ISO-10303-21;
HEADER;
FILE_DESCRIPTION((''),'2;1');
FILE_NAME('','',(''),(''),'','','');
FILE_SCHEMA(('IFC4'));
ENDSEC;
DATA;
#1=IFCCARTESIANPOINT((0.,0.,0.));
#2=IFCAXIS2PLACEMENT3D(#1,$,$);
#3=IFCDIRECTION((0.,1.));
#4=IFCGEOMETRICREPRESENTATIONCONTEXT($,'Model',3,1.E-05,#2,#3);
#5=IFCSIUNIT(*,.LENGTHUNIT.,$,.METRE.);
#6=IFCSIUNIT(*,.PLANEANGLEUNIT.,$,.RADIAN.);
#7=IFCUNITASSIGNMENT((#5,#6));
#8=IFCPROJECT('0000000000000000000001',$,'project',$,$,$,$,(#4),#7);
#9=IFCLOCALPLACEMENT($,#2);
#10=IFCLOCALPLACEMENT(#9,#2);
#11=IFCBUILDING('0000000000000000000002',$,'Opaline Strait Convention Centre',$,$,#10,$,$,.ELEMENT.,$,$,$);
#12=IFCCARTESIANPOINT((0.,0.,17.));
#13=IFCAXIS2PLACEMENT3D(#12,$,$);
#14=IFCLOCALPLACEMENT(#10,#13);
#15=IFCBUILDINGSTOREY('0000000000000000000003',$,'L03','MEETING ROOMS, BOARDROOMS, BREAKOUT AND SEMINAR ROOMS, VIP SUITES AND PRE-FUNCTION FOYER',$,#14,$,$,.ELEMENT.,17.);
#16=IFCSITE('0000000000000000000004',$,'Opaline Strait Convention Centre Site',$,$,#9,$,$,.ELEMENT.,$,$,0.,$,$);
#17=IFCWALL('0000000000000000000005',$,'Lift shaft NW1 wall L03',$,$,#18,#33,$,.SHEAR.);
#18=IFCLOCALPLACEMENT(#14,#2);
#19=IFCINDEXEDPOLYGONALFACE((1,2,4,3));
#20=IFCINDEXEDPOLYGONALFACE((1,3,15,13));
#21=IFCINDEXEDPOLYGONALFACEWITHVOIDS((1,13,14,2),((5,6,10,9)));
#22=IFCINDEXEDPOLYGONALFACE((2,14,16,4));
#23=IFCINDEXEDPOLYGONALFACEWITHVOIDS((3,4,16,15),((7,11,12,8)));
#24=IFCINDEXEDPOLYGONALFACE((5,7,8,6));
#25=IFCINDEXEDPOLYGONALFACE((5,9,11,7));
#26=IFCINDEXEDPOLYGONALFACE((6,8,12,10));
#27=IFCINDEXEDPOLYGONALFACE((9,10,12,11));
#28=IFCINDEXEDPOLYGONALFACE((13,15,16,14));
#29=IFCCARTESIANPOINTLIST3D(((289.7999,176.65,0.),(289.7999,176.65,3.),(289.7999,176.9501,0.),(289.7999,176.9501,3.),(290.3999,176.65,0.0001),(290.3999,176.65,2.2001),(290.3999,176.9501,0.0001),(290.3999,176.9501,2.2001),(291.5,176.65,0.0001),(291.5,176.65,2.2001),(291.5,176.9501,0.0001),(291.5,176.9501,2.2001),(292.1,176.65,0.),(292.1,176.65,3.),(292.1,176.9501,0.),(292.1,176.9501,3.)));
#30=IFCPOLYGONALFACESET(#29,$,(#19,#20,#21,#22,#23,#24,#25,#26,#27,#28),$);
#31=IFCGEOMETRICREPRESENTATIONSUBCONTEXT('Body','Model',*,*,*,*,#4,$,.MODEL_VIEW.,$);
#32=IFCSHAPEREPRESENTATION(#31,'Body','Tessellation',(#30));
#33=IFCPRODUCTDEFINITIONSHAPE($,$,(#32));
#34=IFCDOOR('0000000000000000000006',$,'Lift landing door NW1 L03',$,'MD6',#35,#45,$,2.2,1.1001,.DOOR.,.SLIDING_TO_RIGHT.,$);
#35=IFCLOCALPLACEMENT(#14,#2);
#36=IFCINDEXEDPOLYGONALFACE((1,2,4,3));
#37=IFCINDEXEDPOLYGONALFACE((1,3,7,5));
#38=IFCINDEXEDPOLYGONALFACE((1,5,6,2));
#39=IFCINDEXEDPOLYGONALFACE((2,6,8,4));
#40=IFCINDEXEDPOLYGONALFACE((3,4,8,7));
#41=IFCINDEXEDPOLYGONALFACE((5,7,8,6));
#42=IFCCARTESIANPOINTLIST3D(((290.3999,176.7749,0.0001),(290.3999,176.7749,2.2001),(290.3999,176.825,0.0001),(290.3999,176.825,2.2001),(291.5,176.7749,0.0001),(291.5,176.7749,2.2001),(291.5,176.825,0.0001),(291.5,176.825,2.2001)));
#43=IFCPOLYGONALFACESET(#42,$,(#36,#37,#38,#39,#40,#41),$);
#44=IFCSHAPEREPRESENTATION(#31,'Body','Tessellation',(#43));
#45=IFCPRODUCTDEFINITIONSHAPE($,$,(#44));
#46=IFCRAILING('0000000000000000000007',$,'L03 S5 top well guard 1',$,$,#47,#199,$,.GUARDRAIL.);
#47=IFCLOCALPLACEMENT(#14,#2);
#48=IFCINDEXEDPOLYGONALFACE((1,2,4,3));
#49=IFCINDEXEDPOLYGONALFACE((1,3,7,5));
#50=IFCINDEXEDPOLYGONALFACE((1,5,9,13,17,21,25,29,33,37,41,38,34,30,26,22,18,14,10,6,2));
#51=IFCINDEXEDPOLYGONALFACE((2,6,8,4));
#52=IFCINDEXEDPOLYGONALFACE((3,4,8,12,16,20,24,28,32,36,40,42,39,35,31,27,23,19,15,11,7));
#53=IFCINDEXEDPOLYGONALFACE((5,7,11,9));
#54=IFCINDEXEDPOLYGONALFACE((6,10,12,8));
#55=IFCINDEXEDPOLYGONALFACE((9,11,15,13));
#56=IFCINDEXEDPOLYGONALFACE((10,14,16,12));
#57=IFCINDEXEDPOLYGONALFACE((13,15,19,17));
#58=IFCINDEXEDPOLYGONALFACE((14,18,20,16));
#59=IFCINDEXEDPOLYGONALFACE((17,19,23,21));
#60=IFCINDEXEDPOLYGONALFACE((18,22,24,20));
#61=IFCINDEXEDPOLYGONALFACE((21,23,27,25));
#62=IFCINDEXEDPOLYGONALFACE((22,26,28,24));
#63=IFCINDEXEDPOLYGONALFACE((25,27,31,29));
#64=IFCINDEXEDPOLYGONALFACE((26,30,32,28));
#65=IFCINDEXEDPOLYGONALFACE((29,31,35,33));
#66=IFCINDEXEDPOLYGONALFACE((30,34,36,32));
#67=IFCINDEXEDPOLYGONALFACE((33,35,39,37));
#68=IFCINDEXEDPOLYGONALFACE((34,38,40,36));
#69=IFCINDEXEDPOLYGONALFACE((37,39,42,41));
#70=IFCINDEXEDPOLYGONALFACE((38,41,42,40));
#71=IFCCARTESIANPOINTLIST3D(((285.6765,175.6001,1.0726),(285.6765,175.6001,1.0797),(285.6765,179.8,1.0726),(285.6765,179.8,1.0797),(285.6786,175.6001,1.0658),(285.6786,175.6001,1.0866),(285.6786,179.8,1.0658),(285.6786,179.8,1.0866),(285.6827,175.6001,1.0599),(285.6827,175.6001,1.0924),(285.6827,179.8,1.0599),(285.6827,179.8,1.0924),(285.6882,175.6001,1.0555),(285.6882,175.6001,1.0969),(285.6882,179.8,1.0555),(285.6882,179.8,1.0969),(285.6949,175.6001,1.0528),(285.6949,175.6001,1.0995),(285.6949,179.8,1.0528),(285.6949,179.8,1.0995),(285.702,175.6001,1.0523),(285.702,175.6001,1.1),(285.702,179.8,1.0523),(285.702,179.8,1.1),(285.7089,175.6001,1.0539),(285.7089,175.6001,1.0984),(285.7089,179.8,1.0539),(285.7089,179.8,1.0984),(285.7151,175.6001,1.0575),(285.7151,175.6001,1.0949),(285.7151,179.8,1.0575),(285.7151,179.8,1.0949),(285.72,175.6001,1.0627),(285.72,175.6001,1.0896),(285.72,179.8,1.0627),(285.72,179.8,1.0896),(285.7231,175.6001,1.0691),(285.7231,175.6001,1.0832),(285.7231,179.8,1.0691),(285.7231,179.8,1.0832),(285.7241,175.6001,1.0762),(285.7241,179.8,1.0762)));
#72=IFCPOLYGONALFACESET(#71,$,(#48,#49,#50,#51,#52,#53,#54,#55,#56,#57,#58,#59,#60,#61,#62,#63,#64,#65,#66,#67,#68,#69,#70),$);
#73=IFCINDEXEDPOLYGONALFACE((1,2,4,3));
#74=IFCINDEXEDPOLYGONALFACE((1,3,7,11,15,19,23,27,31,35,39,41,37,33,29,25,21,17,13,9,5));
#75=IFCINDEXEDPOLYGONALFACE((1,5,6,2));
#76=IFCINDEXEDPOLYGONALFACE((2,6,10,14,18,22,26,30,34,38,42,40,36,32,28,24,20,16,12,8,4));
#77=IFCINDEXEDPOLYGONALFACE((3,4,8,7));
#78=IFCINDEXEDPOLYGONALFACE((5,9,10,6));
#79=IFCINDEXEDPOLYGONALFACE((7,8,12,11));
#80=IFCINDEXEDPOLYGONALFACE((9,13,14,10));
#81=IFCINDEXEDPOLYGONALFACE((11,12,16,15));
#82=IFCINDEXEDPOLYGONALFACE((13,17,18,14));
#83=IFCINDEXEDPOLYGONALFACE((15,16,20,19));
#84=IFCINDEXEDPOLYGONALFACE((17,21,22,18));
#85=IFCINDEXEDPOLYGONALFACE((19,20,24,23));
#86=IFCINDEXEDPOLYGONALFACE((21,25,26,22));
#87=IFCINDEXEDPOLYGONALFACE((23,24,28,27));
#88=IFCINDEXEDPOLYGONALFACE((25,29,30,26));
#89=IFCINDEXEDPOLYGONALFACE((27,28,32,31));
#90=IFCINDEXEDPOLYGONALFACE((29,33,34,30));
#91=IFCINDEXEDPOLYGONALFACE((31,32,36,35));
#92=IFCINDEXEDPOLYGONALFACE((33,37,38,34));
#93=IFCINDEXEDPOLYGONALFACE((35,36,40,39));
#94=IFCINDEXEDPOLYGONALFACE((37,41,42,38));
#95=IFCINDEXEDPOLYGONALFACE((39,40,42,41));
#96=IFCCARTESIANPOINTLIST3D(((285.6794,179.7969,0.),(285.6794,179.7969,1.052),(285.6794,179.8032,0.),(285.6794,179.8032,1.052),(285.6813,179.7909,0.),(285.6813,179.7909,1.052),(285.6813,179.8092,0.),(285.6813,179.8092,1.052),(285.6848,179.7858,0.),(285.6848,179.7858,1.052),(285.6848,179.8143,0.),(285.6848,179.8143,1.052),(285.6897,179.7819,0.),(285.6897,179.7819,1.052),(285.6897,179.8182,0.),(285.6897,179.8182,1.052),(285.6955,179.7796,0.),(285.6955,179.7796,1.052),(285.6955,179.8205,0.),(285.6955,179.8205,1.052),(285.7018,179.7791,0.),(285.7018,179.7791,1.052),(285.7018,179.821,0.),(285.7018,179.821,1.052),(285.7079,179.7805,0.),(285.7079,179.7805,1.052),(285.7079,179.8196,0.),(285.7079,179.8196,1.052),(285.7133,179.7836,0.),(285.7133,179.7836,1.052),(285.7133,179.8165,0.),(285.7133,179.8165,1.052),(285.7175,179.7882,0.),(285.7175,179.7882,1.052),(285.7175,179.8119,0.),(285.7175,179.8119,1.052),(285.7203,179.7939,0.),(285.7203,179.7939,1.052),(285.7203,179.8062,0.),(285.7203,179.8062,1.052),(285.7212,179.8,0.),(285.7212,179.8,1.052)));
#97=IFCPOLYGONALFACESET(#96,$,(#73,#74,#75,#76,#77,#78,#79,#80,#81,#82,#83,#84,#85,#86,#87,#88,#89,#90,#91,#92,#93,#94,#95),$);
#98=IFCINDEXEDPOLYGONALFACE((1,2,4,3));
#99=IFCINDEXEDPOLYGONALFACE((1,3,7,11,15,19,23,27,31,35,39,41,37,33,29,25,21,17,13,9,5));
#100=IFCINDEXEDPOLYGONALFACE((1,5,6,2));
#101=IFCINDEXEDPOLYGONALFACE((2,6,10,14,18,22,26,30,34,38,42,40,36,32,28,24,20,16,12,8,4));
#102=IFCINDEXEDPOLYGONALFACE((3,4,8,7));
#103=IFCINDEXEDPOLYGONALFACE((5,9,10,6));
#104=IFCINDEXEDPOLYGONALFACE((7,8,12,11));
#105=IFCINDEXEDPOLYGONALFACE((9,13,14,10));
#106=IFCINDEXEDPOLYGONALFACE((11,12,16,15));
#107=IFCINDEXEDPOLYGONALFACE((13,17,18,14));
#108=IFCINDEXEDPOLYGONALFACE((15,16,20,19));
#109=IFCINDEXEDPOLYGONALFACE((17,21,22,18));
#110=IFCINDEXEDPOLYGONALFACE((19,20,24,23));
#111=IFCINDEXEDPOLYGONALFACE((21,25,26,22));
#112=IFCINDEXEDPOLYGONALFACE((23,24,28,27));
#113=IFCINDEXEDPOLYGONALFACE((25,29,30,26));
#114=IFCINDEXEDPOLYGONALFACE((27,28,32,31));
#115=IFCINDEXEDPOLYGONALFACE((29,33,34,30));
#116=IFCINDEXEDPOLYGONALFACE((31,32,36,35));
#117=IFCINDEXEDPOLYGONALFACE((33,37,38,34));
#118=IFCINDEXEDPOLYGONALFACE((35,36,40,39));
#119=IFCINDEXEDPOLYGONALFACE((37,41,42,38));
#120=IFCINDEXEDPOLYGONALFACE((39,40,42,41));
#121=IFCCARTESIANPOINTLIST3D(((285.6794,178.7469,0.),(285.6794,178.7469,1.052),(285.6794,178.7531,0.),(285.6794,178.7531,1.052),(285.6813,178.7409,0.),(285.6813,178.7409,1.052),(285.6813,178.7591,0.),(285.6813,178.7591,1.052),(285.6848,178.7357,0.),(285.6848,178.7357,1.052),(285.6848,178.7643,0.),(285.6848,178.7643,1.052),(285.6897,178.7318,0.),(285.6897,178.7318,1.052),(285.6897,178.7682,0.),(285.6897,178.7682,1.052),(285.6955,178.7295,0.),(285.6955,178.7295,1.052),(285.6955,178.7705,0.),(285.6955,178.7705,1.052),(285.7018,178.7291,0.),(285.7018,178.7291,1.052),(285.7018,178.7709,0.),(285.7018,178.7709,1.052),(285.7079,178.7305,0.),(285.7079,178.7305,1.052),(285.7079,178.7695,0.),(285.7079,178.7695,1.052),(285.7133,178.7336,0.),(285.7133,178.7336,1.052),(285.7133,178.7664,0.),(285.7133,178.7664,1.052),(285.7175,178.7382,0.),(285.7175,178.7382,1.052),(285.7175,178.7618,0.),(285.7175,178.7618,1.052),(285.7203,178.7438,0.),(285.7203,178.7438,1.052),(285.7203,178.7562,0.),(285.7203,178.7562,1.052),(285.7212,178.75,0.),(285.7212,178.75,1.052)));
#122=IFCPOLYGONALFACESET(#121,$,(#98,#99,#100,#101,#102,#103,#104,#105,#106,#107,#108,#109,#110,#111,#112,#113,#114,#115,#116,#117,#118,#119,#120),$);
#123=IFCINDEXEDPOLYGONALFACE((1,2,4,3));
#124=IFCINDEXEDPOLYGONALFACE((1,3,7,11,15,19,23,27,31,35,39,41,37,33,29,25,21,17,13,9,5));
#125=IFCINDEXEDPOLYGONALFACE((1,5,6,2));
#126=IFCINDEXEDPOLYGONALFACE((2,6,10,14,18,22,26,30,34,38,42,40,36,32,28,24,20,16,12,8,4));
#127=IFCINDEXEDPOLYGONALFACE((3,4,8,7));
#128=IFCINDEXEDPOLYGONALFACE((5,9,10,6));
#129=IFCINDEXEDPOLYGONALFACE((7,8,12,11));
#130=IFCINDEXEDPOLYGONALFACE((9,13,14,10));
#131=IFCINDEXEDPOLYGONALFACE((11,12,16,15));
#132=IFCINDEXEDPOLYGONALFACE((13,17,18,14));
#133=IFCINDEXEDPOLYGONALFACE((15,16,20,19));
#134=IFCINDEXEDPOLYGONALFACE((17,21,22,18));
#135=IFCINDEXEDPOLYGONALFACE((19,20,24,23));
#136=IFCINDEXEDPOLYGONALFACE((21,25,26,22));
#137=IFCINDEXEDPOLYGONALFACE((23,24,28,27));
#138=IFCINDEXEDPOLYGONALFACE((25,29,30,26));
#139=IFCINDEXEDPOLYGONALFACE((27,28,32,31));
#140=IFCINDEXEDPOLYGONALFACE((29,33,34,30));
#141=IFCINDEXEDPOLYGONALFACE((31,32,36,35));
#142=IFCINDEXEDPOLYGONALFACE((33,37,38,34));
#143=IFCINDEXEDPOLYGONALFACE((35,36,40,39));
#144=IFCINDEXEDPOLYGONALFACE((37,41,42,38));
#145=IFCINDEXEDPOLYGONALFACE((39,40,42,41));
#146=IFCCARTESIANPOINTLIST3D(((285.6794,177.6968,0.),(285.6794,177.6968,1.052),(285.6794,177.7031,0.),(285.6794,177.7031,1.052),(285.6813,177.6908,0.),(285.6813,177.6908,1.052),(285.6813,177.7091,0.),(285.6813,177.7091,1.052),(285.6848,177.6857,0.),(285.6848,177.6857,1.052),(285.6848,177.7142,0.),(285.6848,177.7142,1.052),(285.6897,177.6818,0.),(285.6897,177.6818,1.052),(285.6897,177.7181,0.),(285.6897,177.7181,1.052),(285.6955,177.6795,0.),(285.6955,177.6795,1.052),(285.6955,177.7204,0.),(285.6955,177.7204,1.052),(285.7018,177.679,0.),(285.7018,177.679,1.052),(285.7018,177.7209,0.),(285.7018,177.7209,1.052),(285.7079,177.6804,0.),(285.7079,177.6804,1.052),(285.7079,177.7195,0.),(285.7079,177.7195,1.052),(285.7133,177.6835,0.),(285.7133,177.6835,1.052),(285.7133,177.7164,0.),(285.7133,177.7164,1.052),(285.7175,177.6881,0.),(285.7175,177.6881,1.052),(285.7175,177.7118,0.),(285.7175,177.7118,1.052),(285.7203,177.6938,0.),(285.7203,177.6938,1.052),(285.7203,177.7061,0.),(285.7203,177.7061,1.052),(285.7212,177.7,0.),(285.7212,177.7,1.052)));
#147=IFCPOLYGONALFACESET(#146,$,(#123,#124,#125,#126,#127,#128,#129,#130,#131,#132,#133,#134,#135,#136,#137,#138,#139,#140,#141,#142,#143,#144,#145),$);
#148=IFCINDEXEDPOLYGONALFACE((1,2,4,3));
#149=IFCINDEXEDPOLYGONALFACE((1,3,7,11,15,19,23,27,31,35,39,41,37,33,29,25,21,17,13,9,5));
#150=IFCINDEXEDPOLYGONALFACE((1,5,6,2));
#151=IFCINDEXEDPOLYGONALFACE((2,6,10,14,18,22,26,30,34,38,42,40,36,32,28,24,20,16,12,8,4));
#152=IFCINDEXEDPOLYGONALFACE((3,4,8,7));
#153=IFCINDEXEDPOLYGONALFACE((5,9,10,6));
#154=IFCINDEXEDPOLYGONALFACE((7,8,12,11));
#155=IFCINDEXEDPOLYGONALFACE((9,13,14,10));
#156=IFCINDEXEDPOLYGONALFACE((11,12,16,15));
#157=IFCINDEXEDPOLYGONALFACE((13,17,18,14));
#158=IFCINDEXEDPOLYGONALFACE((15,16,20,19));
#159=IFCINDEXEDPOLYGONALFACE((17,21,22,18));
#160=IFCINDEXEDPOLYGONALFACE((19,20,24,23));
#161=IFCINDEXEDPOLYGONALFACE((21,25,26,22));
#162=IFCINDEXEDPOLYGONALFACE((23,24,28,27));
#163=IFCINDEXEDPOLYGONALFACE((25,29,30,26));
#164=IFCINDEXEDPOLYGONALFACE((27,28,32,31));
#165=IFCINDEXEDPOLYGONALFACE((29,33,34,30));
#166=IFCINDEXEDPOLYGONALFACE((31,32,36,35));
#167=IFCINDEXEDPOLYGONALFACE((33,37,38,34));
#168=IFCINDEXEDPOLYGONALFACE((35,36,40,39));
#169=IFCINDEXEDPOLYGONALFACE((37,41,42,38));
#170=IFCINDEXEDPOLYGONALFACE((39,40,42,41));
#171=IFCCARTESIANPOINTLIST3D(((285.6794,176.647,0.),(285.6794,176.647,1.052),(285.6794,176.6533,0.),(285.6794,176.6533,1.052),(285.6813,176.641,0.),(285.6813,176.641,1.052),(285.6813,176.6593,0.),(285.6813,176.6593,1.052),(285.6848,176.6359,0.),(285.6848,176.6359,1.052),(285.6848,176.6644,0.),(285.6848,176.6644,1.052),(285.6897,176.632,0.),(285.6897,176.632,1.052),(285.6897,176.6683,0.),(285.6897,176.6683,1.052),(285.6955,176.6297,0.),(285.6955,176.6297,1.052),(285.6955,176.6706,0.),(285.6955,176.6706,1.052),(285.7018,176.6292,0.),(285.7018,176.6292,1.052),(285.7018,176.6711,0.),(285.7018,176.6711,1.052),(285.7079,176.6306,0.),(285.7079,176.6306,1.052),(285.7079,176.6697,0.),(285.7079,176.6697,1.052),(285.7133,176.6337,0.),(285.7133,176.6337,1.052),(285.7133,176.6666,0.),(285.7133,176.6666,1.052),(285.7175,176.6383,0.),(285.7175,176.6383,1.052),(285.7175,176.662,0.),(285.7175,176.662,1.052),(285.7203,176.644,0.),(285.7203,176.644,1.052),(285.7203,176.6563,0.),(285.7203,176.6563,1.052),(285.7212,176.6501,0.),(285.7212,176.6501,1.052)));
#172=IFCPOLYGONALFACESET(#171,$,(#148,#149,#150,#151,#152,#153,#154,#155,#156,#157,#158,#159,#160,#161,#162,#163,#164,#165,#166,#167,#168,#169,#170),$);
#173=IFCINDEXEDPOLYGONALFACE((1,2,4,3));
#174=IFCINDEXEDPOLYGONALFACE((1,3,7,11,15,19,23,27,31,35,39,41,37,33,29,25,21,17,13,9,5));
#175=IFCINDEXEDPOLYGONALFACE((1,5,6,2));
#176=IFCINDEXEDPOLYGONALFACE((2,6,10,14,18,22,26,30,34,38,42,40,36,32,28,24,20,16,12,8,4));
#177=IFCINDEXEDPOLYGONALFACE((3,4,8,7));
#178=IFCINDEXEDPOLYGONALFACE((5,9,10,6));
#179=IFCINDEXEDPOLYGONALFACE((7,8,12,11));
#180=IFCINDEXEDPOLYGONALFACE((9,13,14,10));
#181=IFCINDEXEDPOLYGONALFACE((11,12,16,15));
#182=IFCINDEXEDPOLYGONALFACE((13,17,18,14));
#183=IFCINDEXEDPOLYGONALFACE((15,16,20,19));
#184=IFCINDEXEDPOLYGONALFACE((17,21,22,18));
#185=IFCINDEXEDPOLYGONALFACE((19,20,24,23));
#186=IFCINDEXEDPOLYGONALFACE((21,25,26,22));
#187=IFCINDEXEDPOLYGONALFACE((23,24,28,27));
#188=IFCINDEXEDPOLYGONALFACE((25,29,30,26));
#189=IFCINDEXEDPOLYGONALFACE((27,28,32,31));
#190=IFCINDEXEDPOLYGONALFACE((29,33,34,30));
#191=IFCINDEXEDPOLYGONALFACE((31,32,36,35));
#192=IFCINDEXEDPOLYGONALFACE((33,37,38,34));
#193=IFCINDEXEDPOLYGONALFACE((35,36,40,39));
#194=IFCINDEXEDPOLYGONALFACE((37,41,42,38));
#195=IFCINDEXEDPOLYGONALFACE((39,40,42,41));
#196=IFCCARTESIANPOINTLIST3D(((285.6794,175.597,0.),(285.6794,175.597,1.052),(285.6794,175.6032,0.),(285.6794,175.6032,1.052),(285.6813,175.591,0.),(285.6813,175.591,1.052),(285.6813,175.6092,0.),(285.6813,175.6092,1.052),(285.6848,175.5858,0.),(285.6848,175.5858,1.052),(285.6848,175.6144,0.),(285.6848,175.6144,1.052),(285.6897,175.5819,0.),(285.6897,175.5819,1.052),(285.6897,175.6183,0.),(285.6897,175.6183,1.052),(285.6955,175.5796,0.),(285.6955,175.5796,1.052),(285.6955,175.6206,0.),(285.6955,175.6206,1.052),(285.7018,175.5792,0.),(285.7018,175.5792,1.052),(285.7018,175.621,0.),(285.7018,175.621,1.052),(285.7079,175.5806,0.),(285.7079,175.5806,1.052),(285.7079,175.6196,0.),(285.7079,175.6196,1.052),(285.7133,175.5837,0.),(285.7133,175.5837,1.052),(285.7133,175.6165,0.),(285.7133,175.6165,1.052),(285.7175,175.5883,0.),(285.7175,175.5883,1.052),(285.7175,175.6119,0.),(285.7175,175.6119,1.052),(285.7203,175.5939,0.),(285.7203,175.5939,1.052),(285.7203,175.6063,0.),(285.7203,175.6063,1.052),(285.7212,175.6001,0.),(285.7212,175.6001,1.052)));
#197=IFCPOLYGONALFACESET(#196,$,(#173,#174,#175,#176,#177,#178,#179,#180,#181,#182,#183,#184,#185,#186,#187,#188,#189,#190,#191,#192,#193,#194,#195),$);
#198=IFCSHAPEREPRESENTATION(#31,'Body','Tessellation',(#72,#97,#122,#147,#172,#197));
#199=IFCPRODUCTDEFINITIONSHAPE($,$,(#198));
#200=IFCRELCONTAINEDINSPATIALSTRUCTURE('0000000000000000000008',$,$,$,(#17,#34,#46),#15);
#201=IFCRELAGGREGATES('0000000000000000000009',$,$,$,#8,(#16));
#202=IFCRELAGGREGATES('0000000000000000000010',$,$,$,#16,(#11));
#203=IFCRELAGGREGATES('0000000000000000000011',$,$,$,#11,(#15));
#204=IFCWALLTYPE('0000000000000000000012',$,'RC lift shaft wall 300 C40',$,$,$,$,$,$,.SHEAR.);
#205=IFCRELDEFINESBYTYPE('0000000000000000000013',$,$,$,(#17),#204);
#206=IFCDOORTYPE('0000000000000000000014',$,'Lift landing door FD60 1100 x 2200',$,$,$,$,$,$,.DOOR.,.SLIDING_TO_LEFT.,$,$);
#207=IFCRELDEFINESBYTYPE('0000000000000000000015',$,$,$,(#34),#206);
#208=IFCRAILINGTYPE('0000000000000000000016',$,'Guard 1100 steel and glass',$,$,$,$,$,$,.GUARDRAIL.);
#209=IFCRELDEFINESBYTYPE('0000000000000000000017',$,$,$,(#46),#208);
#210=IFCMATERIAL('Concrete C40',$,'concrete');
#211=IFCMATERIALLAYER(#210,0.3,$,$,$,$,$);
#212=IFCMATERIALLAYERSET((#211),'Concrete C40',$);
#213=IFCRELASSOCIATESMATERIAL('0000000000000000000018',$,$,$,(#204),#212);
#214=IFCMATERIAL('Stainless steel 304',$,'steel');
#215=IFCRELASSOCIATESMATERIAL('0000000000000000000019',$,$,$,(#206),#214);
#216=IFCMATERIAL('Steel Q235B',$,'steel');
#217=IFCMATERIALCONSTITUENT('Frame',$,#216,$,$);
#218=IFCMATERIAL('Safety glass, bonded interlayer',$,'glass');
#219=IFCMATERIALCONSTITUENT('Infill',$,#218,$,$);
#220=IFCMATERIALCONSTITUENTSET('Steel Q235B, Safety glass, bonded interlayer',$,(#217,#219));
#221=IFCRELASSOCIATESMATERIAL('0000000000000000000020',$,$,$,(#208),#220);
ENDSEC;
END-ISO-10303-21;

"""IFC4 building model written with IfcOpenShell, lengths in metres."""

from ifc_helpers import new_model, si_unit, direction, frame, frame_2d, origin, origin_2d, place, context, subcontext, project, spatial, rectangle, circle, extrude, material, layer, layer_set, constituent, constituent_set, type_object, element, fill, save


model = new_model("IFC4")

# Units and contexts
model_context = context("Model", 3, precision=1e-05, world=origin(), true_north=direction((0.0, 1.0)))
body_context = subcontext(model_context, "Body", "Model", "MODEL_VIEW")
ifc_project = project(units=[si_unit("LENGTHUNIT", "METRE"), si_unit("PLANEANGLEUNIT", "RADIAN")], contexts=[model_context])

# Site, building, storey
site_placement = place(None, origin())
site = spatial("IfcSite", under=ifc_project, at=site_placement, Name="Opaline Strait Convention Centre Site", CompositionType="ELEMENT", RefElevation=0.0)
building_placement = place(site_placement, origin())
building = spatial("IfcBuilding", under=site, at=building_placement, Name="Opaline Strait Convention Centre", CompositionType="ELEMENT")
storey_placement = place(building_placement, frame((0.0, 0.0, 17.0)))
storey = spatial("IfcBuildingStorey", under=building, at=storey_placement, Name="L03", Description="MEETING ROOMS, BOARDROOMS, BREAKOUT AND SEMINAR ROOMS, VIP SUITES AND PRE-FUNCTION FOYER", CompositionType="ELEMENT", Elevation=17.0)

# Shared definitions
ifc_material_1 = material(Name="Concrete C40", Category="concrete")
ifc_material_2 = material(Name="Steel Q235B", Category="steel")

# Shared definitions
ifc_layer_1 = layer(ifc_material_1, 0.3)
ifc_layer_set_1 = layer_set([ifc_layer_1], Name="Concrete C40")
wall_type_1 = type_object("IfcWallType", Name="RC lift shaft wall 300 C40", PredefinedType="SHEAR", material=ifc_layer_set_1)

# Wall, opening, door
wall_1_placement = place(storey_placement, frame((289.8, 176.8, 0.0), z_axis=(0.0, 0.0, 1.0), x_axis=(1.0, 0.0, 0.0)))
wall_1 = element("IfcWall", 1, at=wall_1_placement, inside=storey, type_object=wall_type_1, Name="Lift shaft NW1 wall L03", PredefinedType="SHEAR", context=body_context, shape_type="SweptSolid", body=[
    extrude(rectangle(XDim=2.3, YDim=0.3, at=frame_2d((1.1499, 0.0))), origin(), (0.0, 0.0, 1.0), 3.0),
])
opening_1_placement = place(wall_1_placement, frame((0.5999, 0.0, 0.0)))
opening_1 = element("IfcOpeningElement", 2, at=opening_1_placement, cuts=wall_1, PredefinedType="OPENING", context=body_context, shape_type="SweptSolid", body=[
    extrude(rectangle(XDim=1.1001, YDim=2.2, at=frame_2d((0.55, 1.1001))), frame((0.0, 0.1599, 0.0), z_axis=(0.0, -1.0, 0.0), x_axis=(1.0, 0.0, 0.0)), (0.0, 0.0, 1.0), 0.3201),
])
ifc_material_3 = material(Name="Stainless steel 304", Category="steel")
door_type_1 = type_object("IfcDoorType", Name="Lift landing door FD60 1100 x 2200", OperationType="SLIDING_TO_LEFT", PredefinedType="DOOR", material=ifc_material_3)
door_1_placement = place(opening_1_placement, origin())
door_1 = element("IfcDoor", 3, at=door_1_placement, inside=storey, type_object=door_type_1, Name="Lift landing door NW1 L03", ObjectType="MD6", OperationType="SLIDING_TO_RIGHT", OverallHeight=2.2, OverallWidth=1.1001, PredefinedType="DOOR", context=body_context, shape_type="SweptSolid", body=[
    extrude(rectangle(XDim=1.1001, YDim=2.2, at=frame_2d((0.55, 1.1001))), frame((0.0, 0.0249, 0.0), z_axis=(0.0, -1.0, 0.0), x_axis=(1.0, 0.0, 0.0)), (0.0, 0.0, 1.0), 0.05),
])
fill(opening_1, door_1)

# Railing
ifc_constituent_1 = constituent(ifc_material_2, Name="Frame")
ifc_material_4 = material(Name="Safety glass, bonded interlayer", Category="glass")
ifc_constituent_2 = constituent(ifc_material_4, Name="Infill")
ifc_constituent_set = constituent_set(constituents=[ifc_constituent_1, ifc_constituent_2], Name="Steel Q235B, Safety glass, bonded interlayer")
railing_type = type_object("IfcRailingType", Name="Guard 1100 steel and glass", PredefinedType="GUARDRAIL", material=ifc_constituent_set)
railing_placement = place(storey_placement, frame((285.7002, 179.8, 0.0)))
element("IfcRailing", 4, at=railing_placement, inside=storey, type_object=railing_type, Name="L03 S5 top well guard 1", PredefinedType="GUARDRAIL", context=body_context, shape_type="SweptSolid", body=[
    extrude(circle(Radius=0.0239, at=origin_2d()), frame((0.0, 0.0, 1.0762), z_axis=(0.0, -1.0, 0.0), x_axis=(1.0, 0.0, 0.0)), (0.0, 0.0, 1.0), 4.2),
    extrude(circle(Radius=0.021, at=origin_2d()), origin(), (0.0, 0.0, 1.0), 1.052),
    extrude(circle(Radius=0.021, at=origin_2d()), frame((0.0, -1.05, 0.0)), (0.0, 0.0, 1.0), 1.052),
    extrude(circle(Radius=0.021, at=origin_2d()), frame((0.0, -2.1001, 0.0)), (0.0, 0.0, 1.0), 1.052),
    extrude(circle(Radius=0.021, at=origin_2d()), frame((0.0, -3.1499, 0.0)), (0.0, 0.0, 1.0), 1.052),
    extrude(circle(Radius=0.021, at=origin_2d()), frame((0.0, -4.2, 0.0)), (0.0, 0.0, 1.0), 1.052),
])

save(model, "model.ifc")
